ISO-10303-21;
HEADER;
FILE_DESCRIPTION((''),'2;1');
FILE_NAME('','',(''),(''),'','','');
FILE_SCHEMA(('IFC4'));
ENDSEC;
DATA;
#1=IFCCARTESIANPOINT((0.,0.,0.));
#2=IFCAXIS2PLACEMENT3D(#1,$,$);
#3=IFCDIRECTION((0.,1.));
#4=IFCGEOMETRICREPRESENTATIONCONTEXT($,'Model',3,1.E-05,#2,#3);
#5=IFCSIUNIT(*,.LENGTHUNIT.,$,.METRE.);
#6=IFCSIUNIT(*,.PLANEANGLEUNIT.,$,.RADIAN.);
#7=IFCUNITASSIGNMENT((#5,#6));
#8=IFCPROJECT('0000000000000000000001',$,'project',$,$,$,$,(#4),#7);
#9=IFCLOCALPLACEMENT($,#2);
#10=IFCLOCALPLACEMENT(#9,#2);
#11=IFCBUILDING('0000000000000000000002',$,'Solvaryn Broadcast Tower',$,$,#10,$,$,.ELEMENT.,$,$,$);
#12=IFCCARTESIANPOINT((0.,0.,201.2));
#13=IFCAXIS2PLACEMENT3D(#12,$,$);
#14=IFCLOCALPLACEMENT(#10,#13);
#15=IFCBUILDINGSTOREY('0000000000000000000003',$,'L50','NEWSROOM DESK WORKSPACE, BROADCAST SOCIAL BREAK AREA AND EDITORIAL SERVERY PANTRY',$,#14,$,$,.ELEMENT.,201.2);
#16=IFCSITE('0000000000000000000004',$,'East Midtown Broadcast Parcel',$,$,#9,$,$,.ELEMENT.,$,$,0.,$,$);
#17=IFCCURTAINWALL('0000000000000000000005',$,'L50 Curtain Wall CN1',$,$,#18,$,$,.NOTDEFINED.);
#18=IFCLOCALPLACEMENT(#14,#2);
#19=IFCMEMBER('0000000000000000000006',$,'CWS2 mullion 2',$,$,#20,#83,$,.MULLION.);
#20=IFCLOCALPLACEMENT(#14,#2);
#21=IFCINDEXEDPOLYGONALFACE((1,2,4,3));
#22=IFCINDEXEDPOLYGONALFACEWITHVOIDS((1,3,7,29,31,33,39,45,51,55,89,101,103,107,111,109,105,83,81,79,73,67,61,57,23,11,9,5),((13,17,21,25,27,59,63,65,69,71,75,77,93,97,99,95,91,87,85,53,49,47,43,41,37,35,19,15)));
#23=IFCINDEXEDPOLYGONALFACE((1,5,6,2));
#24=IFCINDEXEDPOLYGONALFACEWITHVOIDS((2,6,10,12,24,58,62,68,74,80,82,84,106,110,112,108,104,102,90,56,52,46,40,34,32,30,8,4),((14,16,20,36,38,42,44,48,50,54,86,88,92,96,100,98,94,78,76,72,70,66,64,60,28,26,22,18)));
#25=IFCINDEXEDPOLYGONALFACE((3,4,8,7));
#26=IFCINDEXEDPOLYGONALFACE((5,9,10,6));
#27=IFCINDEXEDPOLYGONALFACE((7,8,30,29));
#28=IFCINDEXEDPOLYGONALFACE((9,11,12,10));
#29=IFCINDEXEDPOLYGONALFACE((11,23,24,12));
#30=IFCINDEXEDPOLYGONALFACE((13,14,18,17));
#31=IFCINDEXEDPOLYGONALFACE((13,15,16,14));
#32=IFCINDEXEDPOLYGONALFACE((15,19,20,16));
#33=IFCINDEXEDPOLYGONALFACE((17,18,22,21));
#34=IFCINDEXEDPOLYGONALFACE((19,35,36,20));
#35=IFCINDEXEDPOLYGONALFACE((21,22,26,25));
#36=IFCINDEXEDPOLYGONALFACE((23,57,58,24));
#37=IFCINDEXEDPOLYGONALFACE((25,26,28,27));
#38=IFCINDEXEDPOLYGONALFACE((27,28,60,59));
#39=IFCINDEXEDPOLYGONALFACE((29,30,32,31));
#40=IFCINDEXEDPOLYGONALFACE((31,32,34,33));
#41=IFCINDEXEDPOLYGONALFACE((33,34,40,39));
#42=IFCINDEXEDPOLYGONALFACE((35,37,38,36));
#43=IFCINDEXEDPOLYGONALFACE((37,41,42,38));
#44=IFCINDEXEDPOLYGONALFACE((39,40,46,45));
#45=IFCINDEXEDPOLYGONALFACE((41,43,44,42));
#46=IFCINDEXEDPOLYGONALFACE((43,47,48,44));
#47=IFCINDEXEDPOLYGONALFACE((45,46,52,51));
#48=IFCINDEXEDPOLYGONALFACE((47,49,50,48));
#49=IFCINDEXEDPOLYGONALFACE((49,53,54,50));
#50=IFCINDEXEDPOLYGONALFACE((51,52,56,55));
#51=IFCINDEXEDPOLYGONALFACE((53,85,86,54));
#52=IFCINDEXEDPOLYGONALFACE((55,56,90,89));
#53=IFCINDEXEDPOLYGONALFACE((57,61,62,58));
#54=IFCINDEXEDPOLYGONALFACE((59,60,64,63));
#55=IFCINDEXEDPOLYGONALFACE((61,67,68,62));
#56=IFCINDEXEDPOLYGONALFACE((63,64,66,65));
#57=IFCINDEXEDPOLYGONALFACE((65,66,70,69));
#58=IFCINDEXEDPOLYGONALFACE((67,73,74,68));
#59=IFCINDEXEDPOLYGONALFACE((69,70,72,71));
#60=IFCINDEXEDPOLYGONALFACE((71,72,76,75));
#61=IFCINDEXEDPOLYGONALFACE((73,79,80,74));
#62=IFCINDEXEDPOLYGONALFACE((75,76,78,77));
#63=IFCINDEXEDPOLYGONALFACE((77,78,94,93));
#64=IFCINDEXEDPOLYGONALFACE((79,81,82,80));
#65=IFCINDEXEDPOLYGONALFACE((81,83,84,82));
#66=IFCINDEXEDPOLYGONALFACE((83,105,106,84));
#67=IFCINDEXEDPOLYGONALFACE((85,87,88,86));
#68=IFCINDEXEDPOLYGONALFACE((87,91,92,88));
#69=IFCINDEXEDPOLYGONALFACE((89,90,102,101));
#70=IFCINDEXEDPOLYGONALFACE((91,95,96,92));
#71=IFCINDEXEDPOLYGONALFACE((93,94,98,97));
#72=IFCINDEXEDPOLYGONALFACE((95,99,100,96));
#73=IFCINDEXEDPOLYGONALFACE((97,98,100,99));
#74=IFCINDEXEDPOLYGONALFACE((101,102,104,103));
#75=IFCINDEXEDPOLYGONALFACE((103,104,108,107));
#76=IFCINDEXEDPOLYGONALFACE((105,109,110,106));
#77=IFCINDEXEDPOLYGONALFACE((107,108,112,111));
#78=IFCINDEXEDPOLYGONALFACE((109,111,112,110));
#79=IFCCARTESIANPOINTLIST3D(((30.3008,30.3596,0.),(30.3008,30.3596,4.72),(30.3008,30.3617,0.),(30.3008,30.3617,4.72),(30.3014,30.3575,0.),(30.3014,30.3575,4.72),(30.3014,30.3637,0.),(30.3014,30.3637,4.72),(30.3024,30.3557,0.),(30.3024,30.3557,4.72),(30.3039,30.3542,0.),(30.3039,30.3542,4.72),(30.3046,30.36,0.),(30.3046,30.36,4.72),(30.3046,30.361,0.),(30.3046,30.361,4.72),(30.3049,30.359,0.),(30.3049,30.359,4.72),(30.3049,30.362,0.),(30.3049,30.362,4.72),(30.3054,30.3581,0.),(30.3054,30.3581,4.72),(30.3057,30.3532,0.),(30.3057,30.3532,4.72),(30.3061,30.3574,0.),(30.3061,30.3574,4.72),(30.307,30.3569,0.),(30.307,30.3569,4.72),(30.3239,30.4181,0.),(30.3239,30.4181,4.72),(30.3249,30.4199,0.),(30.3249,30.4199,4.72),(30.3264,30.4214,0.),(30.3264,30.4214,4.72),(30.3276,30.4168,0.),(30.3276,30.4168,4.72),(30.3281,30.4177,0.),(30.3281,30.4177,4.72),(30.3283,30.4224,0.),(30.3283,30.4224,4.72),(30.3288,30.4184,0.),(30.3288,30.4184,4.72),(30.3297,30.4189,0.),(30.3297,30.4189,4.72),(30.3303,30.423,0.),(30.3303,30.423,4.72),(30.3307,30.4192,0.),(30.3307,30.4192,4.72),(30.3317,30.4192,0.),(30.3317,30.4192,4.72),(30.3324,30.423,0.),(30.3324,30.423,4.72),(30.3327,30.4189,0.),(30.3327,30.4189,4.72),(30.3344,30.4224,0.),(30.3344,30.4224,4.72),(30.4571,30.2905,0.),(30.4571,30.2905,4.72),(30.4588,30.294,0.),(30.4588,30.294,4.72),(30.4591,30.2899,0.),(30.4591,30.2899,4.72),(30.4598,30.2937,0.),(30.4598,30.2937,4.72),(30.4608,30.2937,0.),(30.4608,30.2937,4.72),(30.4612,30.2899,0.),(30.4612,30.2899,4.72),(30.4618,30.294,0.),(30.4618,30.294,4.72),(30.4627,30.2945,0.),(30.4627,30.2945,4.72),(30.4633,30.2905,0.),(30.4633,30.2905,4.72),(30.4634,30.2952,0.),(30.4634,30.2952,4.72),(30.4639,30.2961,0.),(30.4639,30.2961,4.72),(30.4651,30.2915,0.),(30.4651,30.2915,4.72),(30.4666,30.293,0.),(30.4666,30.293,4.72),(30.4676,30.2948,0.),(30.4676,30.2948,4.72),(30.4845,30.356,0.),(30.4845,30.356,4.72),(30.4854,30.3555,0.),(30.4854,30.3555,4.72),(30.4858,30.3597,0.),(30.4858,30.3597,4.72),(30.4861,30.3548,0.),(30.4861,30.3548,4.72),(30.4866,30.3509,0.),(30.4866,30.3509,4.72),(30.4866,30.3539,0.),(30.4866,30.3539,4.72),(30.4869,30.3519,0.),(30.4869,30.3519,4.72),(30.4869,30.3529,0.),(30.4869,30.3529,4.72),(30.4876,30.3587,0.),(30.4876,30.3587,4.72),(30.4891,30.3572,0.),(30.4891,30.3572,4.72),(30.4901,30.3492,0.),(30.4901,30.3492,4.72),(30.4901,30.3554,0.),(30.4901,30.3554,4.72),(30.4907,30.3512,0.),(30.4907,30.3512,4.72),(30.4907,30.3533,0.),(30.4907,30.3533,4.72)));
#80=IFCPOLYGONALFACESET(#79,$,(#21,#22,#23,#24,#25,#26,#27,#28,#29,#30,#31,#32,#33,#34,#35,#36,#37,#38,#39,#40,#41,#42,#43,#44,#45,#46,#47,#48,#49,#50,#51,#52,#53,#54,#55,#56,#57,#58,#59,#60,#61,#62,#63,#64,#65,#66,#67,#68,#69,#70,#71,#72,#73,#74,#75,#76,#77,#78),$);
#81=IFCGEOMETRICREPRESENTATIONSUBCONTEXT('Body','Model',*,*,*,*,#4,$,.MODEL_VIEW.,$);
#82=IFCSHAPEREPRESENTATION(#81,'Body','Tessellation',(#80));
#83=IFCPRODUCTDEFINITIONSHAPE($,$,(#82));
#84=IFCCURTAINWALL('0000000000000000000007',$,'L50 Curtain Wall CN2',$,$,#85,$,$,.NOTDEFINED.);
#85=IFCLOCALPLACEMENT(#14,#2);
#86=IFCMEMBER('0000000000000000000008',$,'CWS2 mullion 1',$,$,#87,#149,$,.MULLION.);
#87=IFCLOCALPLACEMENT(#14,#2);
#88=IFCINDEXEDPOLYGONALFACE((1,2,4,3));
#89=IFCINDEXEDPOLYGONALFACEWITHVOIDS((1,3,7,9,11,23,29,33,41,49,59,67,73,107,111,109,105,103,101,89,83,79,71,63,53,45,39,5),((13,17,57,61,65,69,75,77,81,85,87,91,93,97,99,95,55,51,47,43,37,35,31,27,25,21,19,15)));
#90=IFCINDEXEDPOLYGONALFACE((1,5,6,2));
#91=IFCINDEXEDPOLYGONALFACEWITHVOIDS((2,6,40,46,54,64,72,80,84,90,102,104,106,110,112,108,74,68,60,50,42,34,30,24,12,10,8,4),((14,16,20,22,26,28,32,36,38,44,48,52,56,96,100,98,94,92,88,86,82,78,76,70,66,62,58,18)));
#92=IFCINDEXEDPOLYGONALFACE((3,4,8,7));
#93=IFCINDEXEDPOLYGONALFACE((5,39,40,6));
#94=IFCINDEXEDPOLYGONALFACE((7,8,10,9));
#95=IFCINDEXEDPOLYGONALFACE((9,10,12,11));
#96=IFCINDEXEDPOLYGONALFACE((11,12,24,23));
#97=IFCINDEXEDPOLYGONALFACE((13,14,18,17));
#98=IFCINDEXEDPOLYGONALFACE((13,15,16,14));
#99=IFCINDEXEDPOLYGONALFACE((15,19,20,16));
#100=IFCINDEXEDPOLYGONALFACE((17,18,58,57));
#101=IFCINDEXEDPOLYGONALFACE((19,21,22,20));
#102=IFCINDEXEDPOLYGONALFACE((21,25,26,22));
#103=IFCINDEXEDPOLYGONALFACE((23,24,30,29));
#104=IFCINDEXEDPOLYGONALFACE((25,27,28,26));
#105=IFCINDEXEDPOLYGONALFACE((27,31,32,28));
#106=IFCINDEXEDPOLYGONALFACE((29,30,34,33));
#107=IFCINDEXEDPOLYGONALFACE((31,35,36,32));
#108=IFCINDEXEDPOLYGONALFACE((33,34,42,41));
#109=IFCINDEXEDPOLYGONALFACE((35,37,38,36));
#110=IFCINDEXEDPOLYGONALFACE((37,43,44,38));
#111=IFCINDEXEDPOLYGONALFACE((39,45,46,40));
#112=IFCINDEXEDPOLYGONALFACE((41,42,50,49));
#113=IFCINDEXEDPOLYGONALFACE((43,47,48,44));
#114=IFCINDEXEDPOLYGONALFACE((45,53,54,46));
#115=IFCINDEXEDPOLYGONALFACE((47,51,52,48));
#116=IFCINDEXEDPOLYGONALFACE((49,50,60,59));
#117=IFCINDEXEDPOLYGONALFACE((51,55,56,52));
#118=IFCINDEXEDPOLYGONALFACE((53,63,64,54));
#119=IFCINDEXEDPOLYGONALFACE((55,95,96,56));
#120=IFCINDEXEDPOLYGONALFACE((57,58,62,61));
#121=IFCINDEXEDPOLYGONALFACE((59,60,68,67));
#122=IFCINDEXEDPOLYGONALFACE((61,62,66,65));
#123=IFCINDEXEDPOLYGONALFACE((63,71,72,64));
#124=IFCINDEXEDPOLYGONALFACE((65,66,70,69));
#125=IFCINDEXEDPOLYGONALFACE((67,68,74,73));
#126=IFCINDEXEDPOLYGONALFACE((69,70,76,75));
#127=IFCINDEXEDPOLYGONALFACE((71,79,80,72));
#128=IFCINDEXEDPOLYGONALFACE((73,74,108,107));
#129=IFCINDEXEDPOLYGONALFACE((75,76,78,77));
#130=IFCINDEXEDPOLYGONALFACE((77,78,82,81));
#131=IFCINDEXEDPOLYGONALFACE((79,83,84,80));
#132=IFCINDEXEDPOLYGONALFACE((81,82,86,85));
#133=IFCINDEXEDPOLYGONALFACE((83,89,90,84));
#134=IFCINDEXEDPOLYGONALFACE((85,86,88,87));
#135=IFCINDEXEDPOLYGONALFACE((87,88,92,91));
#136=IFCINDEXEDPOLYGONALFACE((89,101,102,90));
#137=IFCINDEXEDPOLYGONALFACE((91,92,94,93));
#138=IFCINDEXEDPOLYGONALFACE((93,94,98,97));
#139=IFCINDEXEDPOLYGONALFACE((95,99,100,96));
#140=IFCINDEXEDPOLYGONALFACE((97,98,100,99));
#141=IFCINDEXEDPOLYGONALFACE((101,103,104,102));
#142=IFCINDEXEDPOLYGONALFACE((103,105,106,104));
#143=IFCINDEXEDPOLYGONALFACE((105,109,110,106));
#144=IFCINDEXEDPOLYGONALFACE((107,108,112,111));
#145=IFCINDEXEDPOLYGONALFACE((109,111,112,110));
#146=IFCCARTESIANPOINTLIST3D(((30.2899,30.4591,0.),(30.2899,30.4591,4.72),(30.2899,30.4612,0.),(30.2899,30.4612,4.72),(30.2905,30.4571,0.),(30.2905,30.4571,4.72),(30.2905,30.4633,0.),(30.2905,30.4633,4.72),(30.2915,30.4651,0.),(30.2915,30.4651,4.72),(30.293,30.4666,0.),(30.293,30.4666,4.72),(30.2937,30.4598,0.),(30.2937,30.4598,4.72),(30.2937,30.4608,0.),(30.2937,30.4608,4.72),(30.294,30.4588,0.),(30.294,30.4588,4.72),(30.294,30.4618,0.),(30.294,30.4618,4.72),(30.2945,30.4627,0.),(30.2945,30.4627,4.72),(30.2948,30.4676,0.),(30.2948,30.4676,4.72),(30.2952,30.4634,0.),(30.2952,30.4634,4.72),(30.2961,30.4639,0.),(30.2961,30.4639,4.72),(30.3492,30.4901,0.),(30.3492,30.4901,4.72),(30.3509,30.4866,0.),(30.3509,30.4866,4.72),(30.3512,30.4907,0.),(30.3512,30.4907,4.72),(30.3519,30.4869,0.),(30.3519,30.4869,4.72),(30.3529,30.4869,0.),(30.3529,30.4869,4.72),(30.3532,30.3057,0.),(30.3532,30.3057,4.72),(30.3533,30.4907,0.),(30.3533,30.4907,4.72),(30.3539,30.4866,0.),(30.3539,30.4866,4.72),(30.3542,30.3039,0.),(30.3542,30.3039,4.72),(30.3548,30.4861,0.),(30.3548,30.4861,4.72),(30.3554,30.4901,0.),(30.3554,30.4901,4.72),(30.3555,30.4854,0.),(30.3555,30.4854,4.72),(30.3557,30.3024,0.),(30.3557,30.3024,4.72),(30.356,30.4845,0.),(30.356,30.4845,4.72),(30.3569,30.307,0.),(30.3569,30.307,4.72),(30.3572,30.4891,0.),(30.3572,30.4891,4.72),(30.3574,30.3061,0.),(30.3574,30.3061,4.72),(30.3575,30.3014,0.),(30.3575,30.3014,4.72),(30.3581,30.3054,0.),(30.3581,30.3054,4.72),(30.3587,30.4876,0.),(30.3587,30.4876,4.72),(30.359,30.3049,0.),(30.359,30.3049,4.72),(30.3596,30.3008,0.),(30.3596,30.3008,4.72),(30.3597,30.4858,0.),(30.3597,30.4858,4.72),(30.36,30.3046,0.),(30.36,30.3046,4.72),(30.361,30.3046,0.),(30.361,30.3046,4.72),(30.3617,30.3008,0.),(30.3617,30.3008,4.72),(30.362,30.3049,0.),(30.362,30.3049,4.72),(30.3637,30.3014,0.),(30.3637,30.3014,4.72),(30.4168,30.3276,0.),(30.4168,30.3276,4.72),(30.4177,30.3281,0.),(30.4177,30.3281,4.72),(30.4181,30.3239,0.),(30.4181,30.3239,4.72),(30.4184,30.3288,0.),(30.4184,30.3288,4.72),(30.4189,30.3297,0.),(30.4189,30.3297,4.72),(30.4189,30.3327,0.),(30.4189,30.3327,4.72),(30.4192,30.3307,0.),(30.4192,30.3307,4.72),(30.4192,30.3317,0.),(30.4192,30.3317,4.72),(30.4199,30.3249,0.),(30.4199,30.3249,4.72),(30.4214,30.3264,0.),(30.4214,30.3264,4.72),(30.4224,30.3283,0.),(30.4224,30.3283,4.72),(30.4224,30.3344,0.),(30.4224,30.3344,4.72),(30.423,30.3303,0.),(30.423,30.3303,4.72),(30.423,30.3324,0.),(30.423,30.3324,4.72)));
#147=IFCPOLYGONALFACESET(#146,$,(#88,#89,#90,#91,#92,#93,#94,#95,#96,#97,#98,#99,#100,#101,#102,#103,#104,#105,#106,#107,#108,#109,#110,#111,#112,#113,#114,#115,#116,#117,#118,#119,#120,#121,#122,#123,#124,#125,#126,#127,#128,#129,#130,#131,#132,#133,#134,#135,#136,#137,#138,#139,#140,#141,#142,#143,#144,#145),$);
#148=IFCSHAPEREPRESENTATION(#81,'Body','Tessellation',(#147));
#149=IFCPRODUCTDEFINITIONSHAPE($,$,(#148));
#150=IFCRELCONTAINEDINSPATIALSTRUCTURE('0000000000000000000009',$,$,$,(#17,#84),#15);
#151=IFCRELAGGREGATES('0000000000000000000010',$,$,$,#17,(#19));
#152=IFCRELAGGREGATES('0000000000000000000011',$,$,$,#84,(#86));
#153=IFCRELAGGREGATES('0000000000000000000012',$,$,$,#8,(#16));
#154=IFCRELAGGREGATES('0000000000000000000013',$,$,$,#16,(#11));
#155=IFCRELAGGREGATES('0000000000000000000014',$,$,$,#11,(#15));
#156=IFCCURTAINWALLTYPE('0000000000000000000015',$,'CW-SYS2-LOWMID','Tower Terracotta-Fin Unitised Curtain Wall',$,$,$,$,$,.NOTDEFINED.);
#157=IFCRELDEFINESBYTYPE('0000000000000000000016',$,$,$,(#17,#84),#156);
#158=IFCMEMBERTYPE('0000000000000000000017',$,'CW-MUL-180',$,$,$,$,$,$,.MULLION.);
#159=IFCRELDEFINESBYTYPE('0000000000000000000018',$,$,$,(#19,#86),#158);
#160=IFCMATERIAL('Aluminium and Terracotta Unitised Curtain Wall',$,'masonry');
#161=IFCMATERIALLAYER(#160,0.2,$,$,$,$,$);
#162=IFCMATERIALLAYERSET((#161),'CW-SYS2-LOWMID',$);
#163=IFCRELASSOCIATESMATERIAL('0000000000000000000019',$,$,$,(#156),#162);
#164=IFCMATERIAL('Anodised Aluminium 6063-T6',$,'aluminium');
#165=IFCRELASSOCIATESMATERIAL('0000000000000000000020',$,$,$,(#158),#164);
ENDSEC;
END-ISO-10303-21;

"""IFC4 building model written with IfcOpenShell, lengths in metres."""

from ifc_helpers import new_model, si_unit, direction, frame, origin, origin_2d, place, context, subcontext, project, spatial, hollow_rectangle, extrude, material, layer, layer_set, material_profile, profile_set, type_object, element, aggregate, save


model = new_model("IFC4")

# Units and contexts
model_context = context("Model", 3, precision=1e-05, world=origin(), true_north=direction((0.0, 1.0)))
body_context = subcontext(model_context, "Body", "Model", "MODEL_VIEW")
ifc_project = project(units=[si_unit("LENGTHUNIT", "METRE"), si_unit("PLANEANGLEUNIT", "RADIAN")], contexts=[model_context])

# Site, building, storey
site_placement = place(None, origin())
site = spatial("IfcSite", under=ifc_project, at=site_placement, Name="East Midtown Broadcast Parcel", CompositionType="ELEMENT", RefElevation=0.0)
building_placement = place(site_placement, origin())
building = spatial("IfcBuilding", under=site, at=building_placement, Name="Solvaryn Broadcast Tower", CompositionType="ELEMENT")
storey_placement = place(building_placement, frame((0.0, 0.0, 201.2)))
storey = spatial("IfcBuildingStorey", under=building, at=storey_placement, Name="L50", Description="NEWSROOM DESK WORKSPACE, BROADCAST SOCIAL BREAK AREA AND EDITORIAL SERVERY PANTRY", CompositionType="ELEMENT", Elevation=201.2)

# Curtain wall, member
ifc_material_1 = material(Name="Aluminium and Terracotta Unitised Curtain Wall", Category="masonry")
ifc_layer_1 = layer(ifc_material_1, 0.2)
ifc_layer_set_1 = layer_set([ifc_layer_1], Name="CW-SYS2-LOWMID")
curtain_wall_type = type_object("IfcCurtainWallType", Name="CW-SYS2-LOWMID", Description="Tower Terracotta-Fin Unitised Curtain Wall", PredefinedType="NOTDEFINED", material=ifc_layer_set_1)
curtain_wall_1_placement = place(storey_placement, origin())
curtain_wall_1 = element("IfcCurtainWall", 1, at=curtain_wall_1_placement, inside=storey, type_object=curtain_wall_type, Name="L50 Curtain Wall CN1", PredefinedType="NOTDEFINED")
ifc_material_2 = material(Name="Anodised Aluminium 6063-T6", Category="aluminium")
ifc_material_profile_1 = material_profile(ifc_material_2, hollow_rectangle(XDim=0.075, YDim=0.1799, WallThickness=0.0039, InnerFilletRadius=0.0039, OuterFilletRadius=0.0081, at=origin_2d()))
ifc_profile_set_1 = profile_set([ifc_material_profile_1], Name="Anodised Aluminium 6063-T6")
member_type_1 = type_object("IfcMemberType", Name="CW-MUL-180", PredefinedType="MULLION", material=ifc_profile_set_1)
member_1_placement = place(storey_placement, frame((30.3958, 30.3564, 0.0), z_axis=(0.0, 0.0, 1.0), x_axis=(-0.382646, -0.923895, 0.0)))
member_1 = element("IfcMember", 2, at=member_1_placement, type_object=member_type_1, Name="CWS2 mullion 2", PredefinedType="MULLION", context=body_context, shape_type="SweptSolid", body=[
    extrude(hollow_rectangle(XDim=0.075, YDim=0.1799, WallThickness=0.0039, InnerFilletRadius=0.0039, OuterFilletRadius=0.0081, at=origin_2d()), origin(), (0.0, 0.0, 1.0), 4.72),
])
aggregate(curtain_wall_1, [member_1])

# Curtain wall, member
curtain_wall_2_placement = place(storey_placement, origin())
curtain_wall_2 = element("IfcCurtainWall", 3, at=curtain_wall_2_placement, inside=storey, type_object=curtain_wall_type, Name="L50 Curtain Wall CN2", PredefinedType="NOTDEFINED")
member_2_placement = place(storey_placement, frame((30.3564, 30.3958, 0.0), z_axis=(0.0, 0.0, 1.0), x_axis=(-0.923895, -0.382646, 0.0)))
member_2 = element("IfcMember", 4, at=member_2_placement, type_object=member_type_1, Name="CWS2 mullion 1", PredefinedType="MULLION", context=body_context, shape_type="SweptSolid", body=[
    extrude(hollow_rectangle(XDim=0.075, YDim=0.1799, WallThickness=0.0039, InnerFilletRadius=0.0039, OuterFilletRadius=0.0081, at=origin_2d()), origin(), (0.0, 0.0, 1.0), 4.72),
])
aggregate(curtain_wall_2, [member_2])

save(model, "model.ifc")
